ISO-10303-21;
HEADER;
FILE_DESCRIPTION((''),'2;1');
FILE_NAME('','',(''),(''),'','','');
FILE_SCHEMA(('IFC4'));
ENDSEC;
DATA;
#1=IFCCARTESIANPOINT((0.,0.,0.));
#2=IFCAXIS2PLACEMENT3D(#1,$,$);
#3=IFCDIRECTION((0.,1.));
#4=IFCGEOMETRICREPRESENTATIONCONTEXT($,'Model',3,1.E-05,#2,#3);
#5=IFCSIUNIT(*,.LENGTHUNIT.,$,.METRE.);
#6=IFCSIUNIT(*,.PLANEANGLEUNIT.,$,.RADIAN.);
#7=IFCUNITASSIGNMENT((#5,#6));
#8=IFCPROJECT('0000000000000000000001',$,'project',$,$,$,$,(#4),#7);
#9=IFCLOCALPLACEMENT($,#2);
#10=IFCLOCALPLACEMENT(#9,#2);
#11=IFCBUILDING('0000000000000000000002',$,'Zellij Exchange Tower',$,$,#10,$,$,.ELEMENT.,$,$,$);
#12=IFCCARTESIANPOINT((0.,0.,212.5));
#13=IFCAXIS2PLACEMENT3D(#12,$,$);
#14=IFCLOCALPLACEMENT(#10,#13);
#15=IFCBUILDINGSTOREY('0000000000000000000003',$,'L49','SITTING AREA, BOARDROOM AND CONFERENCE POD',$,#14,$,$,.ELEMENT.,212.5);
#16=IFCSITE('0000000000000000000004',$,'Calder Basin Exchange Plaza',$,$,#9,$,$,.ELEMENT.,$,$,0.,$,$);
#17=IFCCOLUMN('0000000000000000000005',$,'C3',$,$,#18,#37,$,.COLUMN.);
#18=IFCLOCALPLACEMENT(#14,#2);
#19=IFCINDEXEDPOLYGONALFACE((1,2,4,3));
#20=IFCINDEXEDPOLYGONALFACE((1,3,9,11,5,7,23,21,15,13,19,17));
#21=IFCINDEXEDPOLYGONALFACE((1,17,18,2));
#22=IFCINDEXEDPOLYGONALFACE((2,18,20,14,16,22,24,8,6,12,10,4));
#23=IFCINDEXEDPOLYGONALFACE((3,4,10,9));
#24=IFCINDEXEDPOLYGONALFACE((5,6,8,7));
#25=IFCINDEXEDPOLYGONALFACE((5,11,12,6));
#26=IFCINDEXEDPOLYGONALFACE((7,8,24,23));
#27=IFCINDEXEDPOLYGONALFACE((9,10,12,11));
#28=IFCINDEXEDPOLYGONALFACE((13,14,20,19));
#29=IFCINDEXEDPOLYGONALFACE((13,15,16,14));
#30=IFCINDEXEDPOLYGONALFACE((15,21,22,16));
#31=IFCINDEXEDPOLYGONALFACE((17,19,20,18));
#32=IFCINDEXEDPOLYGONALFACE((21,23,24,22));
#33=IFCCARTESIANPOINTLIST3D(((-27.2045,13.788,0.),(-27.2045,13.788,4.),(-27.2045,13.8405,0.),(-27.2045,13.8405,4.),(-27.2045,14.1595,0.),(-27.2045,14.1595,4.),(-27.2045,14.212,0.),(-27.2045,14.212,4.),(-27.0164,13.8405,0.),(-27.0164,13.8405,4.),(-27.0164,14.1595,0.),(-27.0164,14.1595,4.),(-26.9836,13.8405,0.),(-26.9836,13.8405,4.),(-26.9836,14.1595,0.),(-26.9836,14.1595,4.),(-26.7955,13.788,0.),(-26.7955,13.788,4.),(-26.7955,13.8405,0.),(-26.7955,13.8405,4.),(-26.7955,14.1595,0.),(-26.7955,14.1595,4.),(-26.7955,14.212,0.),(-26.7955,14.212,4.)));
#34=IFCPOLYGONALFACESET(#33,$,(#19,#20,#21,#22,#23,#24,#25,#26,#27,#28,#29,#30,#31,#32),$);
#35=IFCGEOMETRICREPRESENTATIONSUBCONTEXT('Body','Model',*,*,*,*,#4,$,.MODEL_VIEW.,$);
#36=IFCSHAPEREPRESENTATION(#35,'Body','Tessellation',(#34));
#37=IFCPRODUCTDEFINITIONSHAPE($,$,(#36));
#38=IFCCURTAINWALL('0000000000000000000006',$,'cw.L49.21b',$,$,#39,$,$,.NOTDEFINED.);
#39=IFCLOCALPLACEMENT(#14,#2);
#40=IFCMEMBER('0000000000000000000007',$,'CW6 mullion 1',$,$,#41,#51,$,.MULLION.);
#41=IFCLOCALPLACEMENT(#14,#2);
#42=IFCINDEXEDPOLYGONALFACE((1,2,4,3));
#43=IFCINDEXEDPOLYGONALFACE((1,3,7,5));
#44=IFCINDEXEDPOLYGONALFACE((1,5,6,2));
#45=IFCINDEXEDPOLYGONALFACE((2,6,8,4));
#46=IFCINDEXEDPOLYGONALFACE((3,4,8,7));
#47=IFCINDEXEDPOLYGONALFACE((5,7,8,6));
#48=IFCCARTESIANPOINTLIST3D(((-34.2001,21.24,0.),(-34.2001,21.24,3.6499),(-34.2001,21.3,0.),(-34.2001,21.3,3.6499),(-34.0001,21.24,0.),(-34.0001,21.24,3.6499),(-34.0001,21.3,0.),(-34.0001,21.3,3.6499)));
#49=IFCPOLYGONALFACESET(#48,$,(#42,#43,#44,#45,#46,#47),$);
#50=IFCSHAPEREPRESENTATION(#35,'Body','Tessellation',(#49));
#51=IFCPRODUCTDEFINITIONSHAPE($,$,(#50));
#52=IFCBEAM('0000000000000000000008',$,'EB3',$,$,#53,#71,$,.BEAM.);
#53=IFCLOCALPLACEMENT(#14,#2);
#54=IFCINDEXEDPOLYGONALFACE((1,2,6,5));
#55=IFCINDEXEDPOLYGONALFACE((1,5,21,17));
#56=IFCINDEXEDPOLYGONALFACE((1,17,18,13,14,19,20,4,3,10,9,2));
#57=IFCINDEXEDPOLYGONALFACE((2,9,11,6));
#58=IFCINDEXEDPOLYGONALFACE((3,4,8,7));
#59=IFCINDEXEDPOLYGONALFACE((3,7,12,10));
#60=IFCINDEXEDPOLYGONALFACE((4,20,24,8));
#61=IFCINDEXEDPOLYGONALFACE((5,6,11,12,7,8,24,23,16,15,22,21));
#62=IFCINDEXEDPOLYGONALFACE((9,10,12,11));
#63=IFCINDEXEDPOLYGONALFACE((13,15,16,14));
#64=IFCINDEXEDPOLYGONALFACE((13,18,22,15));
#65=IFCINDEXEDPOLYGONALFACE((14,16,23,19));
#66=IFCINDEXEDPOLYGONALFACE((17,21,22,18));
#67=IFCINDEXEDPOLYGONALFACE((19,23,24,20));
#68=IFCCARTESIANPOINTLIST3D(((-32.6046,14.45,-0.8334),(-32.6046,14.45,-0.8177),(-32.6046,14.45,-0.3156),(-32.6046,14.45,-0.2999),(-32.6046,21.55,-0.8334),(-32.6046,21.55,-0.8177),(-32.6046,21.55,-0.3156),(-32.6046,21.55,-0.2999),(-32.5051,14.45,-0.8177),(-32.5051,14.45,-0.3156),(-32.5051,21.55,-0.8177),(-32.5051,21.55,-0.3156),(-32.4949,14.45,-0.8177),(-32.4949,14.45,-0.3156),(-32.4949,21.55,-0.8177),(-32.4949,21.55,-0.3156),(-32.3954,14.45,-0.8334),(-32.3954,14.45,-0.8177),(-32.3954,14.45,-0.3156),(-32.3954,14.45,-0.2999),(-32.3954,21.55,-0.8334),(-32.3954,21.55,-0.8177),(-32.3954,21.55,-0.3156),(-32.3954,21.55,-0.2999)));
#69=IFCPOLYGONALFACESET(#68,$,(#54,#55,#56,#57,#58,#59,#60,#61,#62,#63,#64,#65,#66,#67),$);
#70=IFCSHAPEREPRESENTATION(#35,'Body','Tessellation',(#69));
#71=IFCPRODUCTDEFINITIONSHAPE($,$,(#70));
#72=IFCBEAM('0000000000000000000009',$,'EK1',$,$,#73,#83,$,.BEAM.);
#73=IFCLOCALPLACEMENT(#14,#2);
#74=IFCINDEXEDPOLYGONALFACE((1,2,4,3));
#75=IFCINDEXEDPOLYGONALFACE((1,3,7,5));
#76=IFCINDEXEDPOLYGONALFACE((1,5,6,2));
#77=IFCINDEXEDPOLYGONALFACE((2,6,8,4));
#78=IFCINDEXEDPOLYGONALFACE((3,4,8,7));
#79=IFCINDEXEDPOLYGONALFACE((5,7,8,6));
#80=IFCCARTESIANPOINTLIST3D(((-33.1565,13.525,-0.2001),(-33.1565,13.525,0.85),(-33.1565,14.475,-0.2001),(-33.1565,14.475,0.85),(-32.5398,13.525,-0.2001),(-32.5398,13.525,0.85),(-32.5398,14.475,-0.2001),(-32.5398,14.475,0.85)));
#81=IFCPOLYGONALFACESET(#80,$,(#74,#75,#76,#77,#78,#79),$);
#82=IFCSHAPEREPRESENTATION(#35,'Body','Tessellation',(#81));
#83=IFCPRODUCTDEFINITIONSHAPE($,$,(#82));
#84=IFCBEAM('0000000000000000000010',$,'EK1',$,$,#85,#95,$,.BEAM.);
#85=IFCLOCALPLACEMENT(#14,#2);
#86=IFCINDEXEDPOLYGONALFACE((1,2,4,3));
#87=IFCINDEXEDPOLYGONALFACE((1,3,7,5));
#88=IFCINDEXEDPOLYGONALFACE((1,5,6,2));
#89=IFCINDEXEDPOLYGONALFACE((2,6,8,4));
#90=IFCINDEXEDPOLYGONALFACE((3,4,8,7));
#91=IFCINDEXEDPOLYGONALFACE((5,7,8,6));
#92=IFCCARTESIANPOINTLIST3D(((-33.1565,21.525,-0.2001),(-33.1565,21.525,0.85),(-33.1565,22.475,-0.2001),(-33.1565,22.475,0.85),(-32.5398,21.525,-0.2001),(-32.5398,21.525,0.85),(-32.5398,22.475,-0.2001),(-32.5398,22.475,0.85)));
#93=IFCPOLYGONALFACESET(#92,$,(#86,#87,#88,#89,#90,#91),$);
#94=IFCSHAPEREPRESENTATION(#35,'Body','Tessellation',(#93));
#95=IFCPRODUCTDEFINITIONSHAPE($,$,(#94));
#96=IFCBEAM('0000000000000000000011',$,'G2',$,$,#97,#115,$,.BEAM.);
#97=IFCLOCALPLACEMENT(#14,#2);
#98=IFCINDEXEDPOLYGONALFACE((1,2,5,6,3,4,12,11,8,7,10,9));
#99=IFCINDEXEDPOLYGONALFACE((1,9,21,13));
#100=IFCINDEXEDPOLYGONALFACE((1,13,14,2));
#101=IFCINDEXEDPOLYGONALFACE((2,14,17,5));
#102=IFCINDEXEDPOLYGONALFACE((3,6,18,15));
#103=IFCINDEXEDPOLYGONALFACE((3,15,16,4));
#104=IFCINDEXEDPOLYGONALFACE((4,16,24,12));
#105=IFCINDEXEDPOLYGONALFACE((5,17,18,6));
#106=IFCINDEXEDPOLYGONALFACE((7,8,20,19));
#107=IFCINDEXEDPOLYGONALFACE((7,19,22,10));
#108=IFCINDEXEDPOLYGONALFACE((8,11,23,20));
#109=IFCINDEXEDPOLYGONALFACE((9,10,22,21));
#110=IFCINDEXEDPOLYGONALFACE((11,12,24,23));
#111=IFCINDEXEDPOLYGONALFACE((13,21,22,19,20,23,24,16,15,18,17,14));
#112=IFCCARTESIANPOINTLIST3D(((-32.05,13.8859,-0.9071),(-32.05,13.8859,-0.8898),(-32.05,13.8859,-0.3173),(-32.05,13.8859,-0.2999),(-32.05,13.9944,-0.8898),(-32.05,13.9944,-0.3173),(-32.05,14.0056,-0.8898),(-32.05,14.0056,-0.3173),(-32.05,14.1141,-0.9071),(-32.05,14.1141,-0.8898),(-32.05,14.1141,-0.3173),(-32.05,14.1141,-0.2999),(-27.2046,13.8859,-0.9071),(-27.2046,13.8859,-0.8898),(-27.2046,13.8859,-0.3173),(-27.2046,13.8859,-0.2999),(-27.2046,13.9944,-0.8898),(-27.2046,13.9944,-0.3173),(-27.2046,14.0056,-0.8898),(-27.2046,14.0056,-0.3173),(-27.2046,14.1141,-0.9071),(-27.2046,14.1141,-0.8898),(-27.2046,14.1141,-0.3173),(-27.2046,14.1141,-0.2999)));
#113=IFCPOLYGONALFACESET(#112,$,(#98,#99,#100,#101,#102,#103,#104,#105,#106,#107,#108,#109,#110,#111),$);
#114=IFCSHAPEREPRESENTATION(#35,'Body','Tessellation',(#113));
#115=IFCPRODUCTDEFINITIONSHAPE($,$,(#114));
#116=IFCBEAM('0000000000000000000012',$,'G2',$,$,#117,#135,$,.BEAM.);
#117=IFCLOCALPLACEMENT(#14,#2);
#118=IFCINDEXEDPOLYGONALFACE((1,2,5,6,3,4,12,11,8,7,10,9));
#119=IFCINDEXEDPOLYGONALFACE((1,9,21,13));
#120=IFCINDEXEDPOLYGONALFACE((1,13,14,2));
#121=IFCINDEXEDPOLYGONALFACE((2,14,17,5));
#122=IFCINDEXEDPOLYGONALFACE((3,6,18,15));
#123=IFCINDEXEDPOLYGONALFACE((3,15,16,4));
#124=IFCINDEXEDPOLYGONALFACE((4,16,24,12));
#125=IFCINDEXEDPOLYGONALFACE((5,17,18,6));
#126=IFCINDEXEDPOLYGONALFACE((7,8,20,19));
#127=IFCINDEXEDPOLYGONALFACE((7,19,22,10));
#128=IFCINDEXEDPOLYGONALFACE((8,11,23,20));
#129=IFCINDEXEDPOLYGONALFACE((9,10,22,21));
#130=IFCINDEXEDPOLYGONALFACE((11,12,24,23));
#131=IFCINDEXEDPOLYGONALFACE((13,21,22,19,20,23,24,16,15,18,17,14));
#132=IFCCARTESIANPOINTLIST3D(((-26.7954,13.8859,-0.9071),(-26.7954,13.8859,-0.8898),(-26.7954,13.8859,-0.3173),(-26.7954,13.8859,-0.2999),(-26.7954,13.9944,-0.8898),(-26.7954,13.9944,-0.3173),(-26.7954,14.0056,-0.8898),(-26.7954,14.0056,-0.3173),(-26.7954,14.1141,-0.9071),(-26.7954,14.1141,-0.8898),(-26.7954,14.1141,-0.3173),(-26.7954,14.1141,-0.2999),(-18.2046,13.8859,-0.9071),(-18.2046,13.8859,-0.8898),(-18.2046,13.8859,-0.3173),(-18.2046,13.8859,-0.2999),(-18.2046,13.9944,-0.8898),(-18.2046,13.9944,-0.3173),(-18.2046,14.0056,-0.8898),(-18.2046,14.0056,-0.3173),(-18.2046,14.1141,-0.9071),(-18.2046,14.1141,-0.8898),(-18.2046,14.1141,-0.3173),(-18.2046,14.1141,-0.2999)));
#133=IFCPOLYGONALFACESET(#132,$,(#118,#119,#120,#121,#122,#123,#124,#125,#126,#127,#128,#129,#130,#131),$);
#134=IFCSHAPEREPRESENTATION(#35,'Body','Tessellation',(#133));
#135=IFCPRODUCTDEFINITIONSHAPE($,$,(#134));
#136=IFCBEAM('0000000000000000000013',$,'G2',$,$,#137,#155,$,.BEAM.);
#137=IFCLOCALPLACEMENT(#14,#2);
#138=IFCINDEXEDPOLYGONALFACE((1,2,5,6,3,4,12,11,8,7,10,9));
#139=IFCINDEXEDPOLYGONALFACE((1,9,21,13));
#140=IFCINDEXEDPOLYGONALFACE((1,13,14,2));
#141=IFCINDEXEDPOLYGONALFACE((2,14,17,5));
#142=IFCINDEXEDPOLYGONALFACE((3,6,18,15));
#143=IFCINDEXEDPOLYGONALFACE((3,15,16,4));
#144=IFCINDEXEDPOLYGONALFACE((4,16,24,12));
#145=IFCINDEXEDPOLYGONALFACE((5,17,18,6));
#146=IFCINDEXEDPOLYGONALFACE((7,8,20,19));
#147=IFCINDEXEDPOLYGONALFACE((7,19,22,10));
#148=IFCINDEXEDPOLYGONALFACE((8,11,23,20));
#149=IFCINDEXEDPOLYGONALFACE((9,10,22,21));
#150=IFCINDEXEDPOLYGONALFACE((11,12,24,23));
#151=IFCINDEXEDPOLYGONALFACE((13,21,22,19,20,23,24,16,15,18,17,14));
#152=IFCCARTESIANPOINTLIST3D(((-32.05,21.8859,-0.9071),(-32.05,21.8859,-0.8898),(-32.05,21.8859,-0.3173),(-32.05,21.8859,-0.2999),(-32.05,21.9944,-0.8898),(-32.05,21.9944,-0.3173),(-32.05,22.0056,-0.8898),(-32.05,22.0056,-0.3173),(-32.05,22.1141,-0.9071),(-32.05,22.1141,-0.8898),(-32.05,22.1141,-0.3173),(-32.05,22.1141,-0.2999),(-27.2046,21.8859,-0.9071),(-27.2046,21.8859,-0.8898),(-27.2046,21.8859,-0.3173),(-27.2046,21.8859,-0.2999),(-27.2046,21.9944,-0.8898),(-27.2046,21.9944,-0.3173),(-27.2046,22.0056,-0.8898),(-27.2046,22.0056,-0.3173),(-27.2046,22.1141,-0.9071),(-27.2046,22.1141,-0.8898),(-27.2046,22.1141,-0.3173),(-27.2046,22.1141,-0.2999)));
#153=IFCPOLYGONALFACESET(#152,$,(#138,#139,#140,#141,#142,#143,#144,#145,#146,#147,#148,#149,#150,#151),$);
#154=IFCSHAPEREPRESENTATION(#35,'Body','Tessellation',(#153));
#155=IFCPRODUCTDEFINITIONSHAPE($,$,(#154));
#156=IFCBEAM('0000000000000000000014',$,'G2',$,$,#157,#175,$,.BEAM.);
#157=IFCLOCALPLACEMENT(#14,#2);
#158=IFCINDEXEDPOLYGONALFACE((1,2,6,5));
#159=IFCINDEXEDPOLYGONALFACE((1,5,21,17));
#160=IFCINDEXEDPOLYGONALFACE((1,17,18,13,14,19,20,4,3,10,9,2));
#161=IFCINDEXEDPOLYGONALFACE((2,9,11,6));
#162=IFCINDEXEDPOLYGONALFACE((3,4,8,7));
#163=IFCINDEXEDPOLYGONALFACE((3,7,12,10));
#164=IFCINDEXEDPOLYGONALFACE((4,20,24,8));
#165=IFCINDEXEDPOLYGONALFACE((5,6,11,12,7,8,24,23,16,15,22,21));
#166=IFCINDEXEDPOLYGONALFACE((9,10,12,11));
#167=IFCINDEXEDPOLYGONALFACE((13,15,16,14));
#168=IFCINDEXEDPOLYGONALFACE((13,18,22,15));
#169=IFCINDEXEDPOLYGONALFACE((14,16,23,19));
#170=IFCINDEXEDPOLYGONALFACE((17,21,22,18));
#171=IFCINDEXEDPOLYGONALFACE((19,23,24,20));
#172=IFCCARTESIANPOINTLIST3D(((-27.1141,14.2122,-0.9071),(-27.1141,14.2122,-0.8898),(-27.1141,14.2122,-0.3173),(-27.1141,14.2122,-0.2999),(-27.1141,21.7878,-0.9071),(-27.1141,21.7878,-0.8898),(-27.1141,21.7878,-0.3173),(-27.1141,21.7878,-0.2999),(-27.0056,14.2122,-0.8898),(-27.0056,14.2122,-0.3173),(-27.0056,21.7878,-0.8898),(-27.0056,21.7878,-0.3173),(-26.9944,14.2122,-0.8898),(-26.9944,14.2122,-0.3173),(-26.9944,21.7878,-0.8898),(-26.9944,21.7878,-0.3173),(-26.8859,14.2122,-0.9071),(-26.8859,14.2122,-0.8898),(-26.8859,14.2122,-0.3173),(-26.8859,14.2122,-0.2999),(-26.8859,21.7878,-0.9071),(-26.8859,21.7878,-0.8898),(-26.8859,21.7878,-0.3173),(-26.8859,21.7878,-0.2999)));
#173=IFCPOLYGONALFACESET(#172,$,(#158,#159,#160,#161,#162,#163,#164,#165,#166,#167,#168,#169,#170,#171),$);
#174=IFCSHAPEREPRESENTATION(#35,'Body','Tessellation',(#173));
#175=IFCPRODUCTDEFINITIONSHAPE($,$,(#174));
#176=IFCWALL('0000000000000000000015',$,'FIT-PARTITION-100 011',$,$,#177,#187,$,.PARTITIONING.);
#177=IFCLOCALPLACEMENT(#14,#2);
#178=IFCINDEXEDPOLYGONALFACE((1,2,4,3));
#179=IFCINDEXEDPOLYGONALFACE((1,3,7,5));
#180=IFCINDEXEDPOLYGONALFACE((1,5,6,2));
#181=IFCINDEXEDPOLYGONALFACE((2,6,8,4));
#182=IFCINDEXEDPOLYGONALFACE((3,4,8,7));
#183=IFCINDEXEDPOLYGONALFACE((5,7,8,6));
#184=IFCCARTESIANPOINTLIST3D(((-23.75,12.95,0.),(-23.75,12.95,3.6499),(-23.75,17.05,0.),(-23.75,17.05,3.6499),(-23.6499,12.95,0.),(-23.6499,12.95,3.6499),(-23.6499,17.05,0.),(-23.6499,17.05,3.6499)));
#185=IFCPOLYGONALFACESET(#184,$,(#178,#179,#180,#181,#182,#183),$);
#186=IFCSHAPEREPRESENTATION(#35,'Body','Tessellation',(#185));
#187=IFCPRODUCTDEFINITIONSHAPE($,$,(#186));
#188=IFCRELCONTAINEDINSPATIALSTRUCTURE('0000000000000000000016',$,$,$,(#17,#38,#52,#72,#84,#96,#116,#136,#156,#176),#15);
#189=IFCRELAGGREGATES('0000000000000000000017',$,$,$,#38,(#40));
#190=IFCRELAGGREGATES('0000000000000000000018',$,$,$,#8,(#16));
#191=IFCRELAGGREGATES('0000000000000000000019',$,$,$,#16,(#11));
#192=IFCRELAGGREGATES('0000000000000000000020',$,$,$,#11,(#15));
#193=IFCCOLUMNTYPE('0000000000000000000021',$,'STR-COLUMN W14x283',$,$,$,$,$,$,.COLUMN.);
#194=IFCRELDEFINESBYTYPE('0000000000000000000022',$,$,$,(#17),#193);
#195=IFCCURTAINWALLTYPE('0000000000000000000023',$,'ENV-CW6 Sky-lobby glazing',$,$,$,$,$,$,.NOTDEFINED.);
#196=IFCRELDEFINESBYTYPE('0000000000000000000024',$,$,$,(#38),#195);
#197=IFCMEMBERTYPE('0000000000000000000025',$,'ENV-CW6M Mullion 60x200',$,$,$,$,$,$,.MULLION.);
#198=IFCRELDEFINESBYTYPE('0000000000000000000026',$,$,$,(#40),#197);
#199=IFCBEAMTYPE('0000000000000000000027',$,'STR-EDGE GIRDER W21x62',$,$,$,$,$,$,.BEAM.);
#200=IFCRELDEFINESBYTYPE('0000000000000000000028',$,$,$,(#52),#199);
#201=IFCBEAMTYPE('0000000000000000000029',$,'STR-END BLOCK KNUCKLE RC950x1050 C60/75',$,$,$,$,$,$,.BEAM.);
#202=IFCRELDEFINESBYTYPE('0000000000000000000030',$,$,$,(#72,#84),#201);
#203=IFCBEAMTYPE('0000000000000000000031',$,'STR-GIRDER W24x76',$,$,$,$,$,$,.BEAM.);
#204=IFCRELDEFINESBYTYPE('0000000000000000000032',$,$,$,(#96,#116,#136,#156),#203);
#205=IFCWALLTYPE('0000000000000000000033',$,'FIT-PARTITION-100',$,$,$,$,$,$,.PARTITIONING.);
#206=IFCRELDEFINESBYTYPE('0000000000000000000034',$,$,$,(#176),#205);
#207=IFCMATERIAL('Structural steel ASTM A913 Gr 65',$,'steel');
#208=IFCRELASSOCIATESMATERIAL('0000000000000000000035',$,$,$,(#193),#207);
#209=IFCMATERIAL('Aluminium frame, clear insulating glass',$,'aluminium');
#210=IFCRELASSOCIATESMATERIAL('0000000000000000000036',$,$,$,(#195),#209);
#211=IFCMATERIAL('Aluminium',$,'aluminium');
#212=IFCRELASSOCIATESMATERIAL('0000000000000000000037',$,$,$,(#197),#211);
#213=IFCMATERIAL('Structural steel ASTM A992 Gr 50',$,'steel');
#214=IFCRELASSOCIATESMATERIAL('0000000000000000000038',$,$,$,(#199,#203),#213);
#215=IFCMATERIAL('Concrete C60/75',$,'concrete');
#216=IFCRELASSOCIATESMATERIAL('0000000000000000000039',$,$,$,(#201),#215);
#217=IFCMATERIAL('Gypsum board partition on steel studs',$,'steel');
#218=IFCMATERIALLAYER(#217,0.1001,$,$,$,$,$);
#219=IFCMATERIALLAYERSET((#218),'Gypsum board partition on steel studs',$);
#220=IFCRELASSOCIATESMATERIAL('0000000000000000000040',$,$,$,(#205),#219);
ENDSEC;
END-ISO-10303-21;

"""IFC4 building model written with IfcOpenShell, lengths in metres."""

from ifc_helpers import new_model, si_unit, direction, frame, frame_2d, origin, origin_2d, place, context, subcontext, project, spatial, rectangle, i_section, extrude, material, layer, layer_set, material_profile, profile_set, type_object, element, aggregate, save


model = new_model("IFC4")

# Units and contexts
model_context = context("Model", 3, precision=1e-05, world=origin(), true_north=direction((0.0, 1.0)))
body_context = subcontext(model_context, "Body", "Model", "MODEL_VIEW")
ifc_project = project(units=[si_unit("LENGTHUNIT", "METRE"), si_unit("PLANEANGLEUNIT", "RADIAN")], contexts=[model_context])

# Site, building, storey
site_placement = place(None, origin())
site = spatial("IfcSite", under=ifc_project, at=site_placement, Name="Calder Basin Exchange Plaza", CompositionType="ELEMENT", RefElevation=0.0)
building_placement = place(site_placement, origin())
building = spatial("IfcBuilding", under=site, at=building_placement, Name="Zellij Exchange Tower", CompositionType="ELEMENT")
storey_placement = place(building_placement, frame((0.0, 0.0, 212.5)))
storey = spatial("IfcBuildingStorey", under=building, at=storey_placement, Name="L49", Description="SITTING AREA, BOARDROOM AND CONFERENCE POD", CompositionType="ELEMENT", Elevation=212.5)

# Column
ifc_material_1 = material(Name="Structural steel ASTM A913 Gr 65", Category="steel")
ifc_material_profile_1 = material_profile(ifc_material_1, i_section(OverallWidth=0.4089, OverallDepth=0.4241, WebThickness=0.0327, FlangeThickness=0.0525, at=origin_2d()), Name="W14x283")
ifc_profile_set_1 = profile_set([ifc_material_profile_1], Name="Structural steel ASTM A913 Gr 65")
column_type_1 = type_object("IfcColumnType", Name="STR-COLUMN W14x283", PredefinedType="COLUMN", material=ifc_profile_set_1)
column_placement = place(storey_placement, frame((-27.0, 14.0, 0.0), z_axis=(0.0, 0.0, 1.0), x_axis=(1.0, 0.0, 0.0)))
element("IfcColumn", 1, at=column_placement, inside=storey, type_object=column_type_1, Name="C3", PredefinedType="COLUMN", context=body_context, shape_type="SweptSolid", body=[
    extrude(i_section(OverallWidth=0.4089, OverallDepth=0.4241, WebThickness=0.0327, FlangeThickness=0.0525, at=origin_2d()), origin(), (0.0, 0.0, 1.0), 4.0),
])
ifc_material_2 = material(Name="Concrete C60/75", Category="concrete")

# Curtain wall, member
ifc_material_3 = material(Name="Aluminium frame, clear insulating glass", Category="aluminium")
curtain_wall_type = type_object("IfcCurtainWallType", Name="ENV-CW6 Sky-lobby glazing", PredefinedType="NOTDEFINED", material=ifc_material_3)
curtain_wall_placement = place(storey_placement, origin())
curtain_wall = element("IfcCurtainWall", 2, at=curtain_wall_placement, inside=storey, type_object=curtain_wall_type, Name="cw.L49.21b", PredefinedType="NOTDEFINED")
ifc_material_4 = material(Name="Aluminium", Category="aluminium")
ifc_material_profile_2 = material_profile(ifc_material_4, rectangle(XDim=0.0601, YDim=0.2, at=origin_2d()), Name="AL 60x200")
ifc_profile_set_2 = profile_set([ifc_material_profile_2], Name="Aluminium")
member_type = type_object("IfcMemberType", Name="ENV-CW6M Mullion 60x200", PredefinedType="MULLION", material=ifc_profile_set_2)
member_placement = place(storey_placement, frame((-34.1001, 21.27, 0.0), z_axis=(0.0, 0.0, 1.0), x_axis=(0.0, -1.0, 0.0)))
member = element("IfcMember", 3, at=member_placement, type_object=member_type, Name="CW6 mullion 1", PredefinedType="MULLION", context=body_context, shape_type="SweptSolid", body=[
    extrude(rectangle(XDim=0.0601, YDim=0.2, at=origin_2d()), origin(), (0.0, 0.0, 1.0), 3.6499),
])
aggregate(curtain_wall, [member])

# Beams
ifc_material_5 = material(Name="Structural steel ASTM A992 Gr 50", Category="steel")
ifc_material_profile_3 = material_profile(ifc_material_5, i_section(OverallWidth=0.2092, OverallDepth=0.5334, WebThickness=0.0103, FlangeThickness=0.0156, at=origin_2d()), Name="W21x62")
ifc_profile_set_3 = profile_set([ifc_material_profile_3], Name="Structural steel ASTM A992 Gr 50")
beam_type_1 = type_object("IfcBeamType", Name="STR-EDGE GIRDER W21x62", PredefinedType="BEAM", material=ifc_profile_set_3)
beam_1_placement = place(storey_placement, frame((-32.5, 14.45, -0.5667), z_axis=(0.0, 1.0, 0.0), x_axis=(-1.0, 0.0, 0.0)))
element("IfcBeam", 4, at=beam_1_placement, inside=storey, type_object=beam_type_1, Name="EB3", PredefinedType="BEAM", context=body_context, shape_type="SweptSolid", body=[
    extrude(i_section(OverallWidth=0.2092, OverallDepth=0.5334, WebThickness=0.0103, FlangeThickness=0.0156, at=origin_2d()), origin(), (0.0, 0.0, 1.0), 7.1001),
])
ifc_material_profile_4 = material_profile(ifc_material_2, rectangle(XDim=0.95, YDim=1.05, at=origin_2d()), Name="STR-END BLOCK KNUCKLE RC950x1050 C60/75")
ifc_profile_set_4 = profile_set([ifc_material_profile_4], Name="Concrete C60/75")
beam_type_2 = type_object("IfcBeamType", Name="STR-END BLOCK KNUCKLE RC950x1050 C60/75", PredefinedType="BEAM", material=ifc_profile_set_4)
for number, where, z_axis, x_axis, name in (
    (5, (-32.5398, 14.0, 0.325), (-1.0, 0.0, 0.0), (0.0, -1.0, 0.0), "EK1"),
    (6, (-32.5398, 22.0, 0.325), (-1.0, 0.0, 0.0), (0.0, -1.0, 0.0), "EK1"),
):
    element("IfcBeam", number, at=place(storey_placement, frame(where, z_axis=z_axis, x_axis=x_axis)), inside=storey, type_object=beam_type_2, Name=name, PredefinedType="BEAM", context=body_context, shape_type="SweptSolid", body=[
        extrude(rectangle(XDim=0.95, YDim=1.05, at=origin_2d()), origin(), (0.0, 0.0, 1.0), 0.6167),
    ])
ifc_material_profile_5 = material_profile(ifc_material_5, i_section(OverallWidth=0.2283, OverallDepth=0.6072, WebThickness=0.0112, FlangeThickness=0.0173, at=origin_2d()), Name="W24x76")
ifc_profile_set_5 = profile_set([ifc_material_profile_5], Name="Structural steel ASTM A992 Gr 50")
beam_type_3 = type_object("IfcBeamType", Name="STR-GIRDER W24x76", PredefinedType="BEAM", material=ifc_profile_set_5)
beam_2_placement = place(storey_placement, frame((-32.05, 14.0, -0.6035), z_axis=(1.0, 0.0, 0.0), x_axis=(0.0, 1.0, 0.0)))
element("IfcBeam", 7, at=beam_2_placement, inside=storey, type_object=beam_type_3, Name="G2", PredefinedType="BEAM", context=body_context, shape_type="SweptSolid", body=[
    extrude(i_section(OverallWidth=0.2283, OverallDepth=0.6072, WebThickness=0.0112, FlangeThickness=0.0173, at=origin_2d()), origin(), (0.0, 0.0, 1.0), 4.8455),
])
beam_3_placement = place(storey_placement, frame((-26.7954, 14.0, -0.6035), z_axis=(1.0, 0.0, 0.0), x_axis=(0.0, 1.0, 0.0)))
element("IfcBeam", 8, at=beam_3_placement, inside=storey, type_object=beam_type_3, Name="G2", PredefinedType="BEAM", context=body_context, shape_type="SweptSolid", body=[
    extrude(i_section(OverallWidth=0.2283, OverallDepth=0.6072, WebThickness=0.0112, FlangeThickness=0.0173, at=origin_2d()), origin(), (0.0, 0.0, 1.0), 8.5908),
])
beam_4_placement = place(storey_placement, frame((-32.05, 22.0, -0.6035), z_axis=(1.0, 0.0, 0.0), x_axis=(0.0, 1.0, 0.0)))
element("IfcBeam", 9, at=beam_4_placement, inside=storey, type_object=beam_type_3, Name="G2", PredefinedType="BEAM", context=body_context, shape_type="SweptSolid", body=[
    extrude(i_section(OverallWidth=0.2283, OverallDepth=0.6072, WebThickness=0.0112, FlangeThickness=0.0173, at=origin_2d()), origin(), (0.0, 0.0, 1.0), 4.8455),
])
beam_5_placement = place(storey_placement, frame((-27.0, 14.2122, -0.6035), z_axis=(0.0, 1.0, 0.0), x_axis=(-1.0, 0.0, 0.0)))
element("IfcBeam", 10, at=beam_5_placement, inside=storey, type_object=beam_type_3, Name="G2", PredefinedType="BEAM", context=body_context, shape_type="SweptSolid", body=[
    extrude(i_section(OverallWidth=0.2283, OverallDepth=0.6072, WebThickness=0.0112, FlangeThickness=0.0173, at=origin_2d()), origin(), (0.0, 0.0, 1.0), 7.5757),
])

# Wall
ifc_material_6 = material(Name="Gypsum board partition on steel studs", Category="steel")
ifc_layer_1 = layer(ifc_material_6, 0.1001)
ifc_layer_set_1 = layer_set([ifc_layer_1], Name="Gypsum board partition on steel studs")
wall_type = type_object("IfcWallType", Name="FIT-PARTITION-100", PredefinedType="PARTITIONING", material=ifc_layer_set_1)
wall_1_placement = place(storey_placement, frame((-23.7, 12.95, 0.0), z_axis=(0.0, 0.0, 1.0), x_axis=(0.0, 1.0, 0.0)))
element("IfcWall", 11, at=wall_1_placement, inside=storey, type_object=wall_type, Name="FIT-PARTITION-100 011", PredefinedType="PARTITIONING", context=body_context, shape_type="SweptSolid", body=[
    extrude(rectangle(XDim=4.1001, YDim=0.1001, at=frame_2d((2.05, 0.0))), origin(), (0.0, 0.0, 1.0), 3.6499),
])

save(model, "model.ifc")
